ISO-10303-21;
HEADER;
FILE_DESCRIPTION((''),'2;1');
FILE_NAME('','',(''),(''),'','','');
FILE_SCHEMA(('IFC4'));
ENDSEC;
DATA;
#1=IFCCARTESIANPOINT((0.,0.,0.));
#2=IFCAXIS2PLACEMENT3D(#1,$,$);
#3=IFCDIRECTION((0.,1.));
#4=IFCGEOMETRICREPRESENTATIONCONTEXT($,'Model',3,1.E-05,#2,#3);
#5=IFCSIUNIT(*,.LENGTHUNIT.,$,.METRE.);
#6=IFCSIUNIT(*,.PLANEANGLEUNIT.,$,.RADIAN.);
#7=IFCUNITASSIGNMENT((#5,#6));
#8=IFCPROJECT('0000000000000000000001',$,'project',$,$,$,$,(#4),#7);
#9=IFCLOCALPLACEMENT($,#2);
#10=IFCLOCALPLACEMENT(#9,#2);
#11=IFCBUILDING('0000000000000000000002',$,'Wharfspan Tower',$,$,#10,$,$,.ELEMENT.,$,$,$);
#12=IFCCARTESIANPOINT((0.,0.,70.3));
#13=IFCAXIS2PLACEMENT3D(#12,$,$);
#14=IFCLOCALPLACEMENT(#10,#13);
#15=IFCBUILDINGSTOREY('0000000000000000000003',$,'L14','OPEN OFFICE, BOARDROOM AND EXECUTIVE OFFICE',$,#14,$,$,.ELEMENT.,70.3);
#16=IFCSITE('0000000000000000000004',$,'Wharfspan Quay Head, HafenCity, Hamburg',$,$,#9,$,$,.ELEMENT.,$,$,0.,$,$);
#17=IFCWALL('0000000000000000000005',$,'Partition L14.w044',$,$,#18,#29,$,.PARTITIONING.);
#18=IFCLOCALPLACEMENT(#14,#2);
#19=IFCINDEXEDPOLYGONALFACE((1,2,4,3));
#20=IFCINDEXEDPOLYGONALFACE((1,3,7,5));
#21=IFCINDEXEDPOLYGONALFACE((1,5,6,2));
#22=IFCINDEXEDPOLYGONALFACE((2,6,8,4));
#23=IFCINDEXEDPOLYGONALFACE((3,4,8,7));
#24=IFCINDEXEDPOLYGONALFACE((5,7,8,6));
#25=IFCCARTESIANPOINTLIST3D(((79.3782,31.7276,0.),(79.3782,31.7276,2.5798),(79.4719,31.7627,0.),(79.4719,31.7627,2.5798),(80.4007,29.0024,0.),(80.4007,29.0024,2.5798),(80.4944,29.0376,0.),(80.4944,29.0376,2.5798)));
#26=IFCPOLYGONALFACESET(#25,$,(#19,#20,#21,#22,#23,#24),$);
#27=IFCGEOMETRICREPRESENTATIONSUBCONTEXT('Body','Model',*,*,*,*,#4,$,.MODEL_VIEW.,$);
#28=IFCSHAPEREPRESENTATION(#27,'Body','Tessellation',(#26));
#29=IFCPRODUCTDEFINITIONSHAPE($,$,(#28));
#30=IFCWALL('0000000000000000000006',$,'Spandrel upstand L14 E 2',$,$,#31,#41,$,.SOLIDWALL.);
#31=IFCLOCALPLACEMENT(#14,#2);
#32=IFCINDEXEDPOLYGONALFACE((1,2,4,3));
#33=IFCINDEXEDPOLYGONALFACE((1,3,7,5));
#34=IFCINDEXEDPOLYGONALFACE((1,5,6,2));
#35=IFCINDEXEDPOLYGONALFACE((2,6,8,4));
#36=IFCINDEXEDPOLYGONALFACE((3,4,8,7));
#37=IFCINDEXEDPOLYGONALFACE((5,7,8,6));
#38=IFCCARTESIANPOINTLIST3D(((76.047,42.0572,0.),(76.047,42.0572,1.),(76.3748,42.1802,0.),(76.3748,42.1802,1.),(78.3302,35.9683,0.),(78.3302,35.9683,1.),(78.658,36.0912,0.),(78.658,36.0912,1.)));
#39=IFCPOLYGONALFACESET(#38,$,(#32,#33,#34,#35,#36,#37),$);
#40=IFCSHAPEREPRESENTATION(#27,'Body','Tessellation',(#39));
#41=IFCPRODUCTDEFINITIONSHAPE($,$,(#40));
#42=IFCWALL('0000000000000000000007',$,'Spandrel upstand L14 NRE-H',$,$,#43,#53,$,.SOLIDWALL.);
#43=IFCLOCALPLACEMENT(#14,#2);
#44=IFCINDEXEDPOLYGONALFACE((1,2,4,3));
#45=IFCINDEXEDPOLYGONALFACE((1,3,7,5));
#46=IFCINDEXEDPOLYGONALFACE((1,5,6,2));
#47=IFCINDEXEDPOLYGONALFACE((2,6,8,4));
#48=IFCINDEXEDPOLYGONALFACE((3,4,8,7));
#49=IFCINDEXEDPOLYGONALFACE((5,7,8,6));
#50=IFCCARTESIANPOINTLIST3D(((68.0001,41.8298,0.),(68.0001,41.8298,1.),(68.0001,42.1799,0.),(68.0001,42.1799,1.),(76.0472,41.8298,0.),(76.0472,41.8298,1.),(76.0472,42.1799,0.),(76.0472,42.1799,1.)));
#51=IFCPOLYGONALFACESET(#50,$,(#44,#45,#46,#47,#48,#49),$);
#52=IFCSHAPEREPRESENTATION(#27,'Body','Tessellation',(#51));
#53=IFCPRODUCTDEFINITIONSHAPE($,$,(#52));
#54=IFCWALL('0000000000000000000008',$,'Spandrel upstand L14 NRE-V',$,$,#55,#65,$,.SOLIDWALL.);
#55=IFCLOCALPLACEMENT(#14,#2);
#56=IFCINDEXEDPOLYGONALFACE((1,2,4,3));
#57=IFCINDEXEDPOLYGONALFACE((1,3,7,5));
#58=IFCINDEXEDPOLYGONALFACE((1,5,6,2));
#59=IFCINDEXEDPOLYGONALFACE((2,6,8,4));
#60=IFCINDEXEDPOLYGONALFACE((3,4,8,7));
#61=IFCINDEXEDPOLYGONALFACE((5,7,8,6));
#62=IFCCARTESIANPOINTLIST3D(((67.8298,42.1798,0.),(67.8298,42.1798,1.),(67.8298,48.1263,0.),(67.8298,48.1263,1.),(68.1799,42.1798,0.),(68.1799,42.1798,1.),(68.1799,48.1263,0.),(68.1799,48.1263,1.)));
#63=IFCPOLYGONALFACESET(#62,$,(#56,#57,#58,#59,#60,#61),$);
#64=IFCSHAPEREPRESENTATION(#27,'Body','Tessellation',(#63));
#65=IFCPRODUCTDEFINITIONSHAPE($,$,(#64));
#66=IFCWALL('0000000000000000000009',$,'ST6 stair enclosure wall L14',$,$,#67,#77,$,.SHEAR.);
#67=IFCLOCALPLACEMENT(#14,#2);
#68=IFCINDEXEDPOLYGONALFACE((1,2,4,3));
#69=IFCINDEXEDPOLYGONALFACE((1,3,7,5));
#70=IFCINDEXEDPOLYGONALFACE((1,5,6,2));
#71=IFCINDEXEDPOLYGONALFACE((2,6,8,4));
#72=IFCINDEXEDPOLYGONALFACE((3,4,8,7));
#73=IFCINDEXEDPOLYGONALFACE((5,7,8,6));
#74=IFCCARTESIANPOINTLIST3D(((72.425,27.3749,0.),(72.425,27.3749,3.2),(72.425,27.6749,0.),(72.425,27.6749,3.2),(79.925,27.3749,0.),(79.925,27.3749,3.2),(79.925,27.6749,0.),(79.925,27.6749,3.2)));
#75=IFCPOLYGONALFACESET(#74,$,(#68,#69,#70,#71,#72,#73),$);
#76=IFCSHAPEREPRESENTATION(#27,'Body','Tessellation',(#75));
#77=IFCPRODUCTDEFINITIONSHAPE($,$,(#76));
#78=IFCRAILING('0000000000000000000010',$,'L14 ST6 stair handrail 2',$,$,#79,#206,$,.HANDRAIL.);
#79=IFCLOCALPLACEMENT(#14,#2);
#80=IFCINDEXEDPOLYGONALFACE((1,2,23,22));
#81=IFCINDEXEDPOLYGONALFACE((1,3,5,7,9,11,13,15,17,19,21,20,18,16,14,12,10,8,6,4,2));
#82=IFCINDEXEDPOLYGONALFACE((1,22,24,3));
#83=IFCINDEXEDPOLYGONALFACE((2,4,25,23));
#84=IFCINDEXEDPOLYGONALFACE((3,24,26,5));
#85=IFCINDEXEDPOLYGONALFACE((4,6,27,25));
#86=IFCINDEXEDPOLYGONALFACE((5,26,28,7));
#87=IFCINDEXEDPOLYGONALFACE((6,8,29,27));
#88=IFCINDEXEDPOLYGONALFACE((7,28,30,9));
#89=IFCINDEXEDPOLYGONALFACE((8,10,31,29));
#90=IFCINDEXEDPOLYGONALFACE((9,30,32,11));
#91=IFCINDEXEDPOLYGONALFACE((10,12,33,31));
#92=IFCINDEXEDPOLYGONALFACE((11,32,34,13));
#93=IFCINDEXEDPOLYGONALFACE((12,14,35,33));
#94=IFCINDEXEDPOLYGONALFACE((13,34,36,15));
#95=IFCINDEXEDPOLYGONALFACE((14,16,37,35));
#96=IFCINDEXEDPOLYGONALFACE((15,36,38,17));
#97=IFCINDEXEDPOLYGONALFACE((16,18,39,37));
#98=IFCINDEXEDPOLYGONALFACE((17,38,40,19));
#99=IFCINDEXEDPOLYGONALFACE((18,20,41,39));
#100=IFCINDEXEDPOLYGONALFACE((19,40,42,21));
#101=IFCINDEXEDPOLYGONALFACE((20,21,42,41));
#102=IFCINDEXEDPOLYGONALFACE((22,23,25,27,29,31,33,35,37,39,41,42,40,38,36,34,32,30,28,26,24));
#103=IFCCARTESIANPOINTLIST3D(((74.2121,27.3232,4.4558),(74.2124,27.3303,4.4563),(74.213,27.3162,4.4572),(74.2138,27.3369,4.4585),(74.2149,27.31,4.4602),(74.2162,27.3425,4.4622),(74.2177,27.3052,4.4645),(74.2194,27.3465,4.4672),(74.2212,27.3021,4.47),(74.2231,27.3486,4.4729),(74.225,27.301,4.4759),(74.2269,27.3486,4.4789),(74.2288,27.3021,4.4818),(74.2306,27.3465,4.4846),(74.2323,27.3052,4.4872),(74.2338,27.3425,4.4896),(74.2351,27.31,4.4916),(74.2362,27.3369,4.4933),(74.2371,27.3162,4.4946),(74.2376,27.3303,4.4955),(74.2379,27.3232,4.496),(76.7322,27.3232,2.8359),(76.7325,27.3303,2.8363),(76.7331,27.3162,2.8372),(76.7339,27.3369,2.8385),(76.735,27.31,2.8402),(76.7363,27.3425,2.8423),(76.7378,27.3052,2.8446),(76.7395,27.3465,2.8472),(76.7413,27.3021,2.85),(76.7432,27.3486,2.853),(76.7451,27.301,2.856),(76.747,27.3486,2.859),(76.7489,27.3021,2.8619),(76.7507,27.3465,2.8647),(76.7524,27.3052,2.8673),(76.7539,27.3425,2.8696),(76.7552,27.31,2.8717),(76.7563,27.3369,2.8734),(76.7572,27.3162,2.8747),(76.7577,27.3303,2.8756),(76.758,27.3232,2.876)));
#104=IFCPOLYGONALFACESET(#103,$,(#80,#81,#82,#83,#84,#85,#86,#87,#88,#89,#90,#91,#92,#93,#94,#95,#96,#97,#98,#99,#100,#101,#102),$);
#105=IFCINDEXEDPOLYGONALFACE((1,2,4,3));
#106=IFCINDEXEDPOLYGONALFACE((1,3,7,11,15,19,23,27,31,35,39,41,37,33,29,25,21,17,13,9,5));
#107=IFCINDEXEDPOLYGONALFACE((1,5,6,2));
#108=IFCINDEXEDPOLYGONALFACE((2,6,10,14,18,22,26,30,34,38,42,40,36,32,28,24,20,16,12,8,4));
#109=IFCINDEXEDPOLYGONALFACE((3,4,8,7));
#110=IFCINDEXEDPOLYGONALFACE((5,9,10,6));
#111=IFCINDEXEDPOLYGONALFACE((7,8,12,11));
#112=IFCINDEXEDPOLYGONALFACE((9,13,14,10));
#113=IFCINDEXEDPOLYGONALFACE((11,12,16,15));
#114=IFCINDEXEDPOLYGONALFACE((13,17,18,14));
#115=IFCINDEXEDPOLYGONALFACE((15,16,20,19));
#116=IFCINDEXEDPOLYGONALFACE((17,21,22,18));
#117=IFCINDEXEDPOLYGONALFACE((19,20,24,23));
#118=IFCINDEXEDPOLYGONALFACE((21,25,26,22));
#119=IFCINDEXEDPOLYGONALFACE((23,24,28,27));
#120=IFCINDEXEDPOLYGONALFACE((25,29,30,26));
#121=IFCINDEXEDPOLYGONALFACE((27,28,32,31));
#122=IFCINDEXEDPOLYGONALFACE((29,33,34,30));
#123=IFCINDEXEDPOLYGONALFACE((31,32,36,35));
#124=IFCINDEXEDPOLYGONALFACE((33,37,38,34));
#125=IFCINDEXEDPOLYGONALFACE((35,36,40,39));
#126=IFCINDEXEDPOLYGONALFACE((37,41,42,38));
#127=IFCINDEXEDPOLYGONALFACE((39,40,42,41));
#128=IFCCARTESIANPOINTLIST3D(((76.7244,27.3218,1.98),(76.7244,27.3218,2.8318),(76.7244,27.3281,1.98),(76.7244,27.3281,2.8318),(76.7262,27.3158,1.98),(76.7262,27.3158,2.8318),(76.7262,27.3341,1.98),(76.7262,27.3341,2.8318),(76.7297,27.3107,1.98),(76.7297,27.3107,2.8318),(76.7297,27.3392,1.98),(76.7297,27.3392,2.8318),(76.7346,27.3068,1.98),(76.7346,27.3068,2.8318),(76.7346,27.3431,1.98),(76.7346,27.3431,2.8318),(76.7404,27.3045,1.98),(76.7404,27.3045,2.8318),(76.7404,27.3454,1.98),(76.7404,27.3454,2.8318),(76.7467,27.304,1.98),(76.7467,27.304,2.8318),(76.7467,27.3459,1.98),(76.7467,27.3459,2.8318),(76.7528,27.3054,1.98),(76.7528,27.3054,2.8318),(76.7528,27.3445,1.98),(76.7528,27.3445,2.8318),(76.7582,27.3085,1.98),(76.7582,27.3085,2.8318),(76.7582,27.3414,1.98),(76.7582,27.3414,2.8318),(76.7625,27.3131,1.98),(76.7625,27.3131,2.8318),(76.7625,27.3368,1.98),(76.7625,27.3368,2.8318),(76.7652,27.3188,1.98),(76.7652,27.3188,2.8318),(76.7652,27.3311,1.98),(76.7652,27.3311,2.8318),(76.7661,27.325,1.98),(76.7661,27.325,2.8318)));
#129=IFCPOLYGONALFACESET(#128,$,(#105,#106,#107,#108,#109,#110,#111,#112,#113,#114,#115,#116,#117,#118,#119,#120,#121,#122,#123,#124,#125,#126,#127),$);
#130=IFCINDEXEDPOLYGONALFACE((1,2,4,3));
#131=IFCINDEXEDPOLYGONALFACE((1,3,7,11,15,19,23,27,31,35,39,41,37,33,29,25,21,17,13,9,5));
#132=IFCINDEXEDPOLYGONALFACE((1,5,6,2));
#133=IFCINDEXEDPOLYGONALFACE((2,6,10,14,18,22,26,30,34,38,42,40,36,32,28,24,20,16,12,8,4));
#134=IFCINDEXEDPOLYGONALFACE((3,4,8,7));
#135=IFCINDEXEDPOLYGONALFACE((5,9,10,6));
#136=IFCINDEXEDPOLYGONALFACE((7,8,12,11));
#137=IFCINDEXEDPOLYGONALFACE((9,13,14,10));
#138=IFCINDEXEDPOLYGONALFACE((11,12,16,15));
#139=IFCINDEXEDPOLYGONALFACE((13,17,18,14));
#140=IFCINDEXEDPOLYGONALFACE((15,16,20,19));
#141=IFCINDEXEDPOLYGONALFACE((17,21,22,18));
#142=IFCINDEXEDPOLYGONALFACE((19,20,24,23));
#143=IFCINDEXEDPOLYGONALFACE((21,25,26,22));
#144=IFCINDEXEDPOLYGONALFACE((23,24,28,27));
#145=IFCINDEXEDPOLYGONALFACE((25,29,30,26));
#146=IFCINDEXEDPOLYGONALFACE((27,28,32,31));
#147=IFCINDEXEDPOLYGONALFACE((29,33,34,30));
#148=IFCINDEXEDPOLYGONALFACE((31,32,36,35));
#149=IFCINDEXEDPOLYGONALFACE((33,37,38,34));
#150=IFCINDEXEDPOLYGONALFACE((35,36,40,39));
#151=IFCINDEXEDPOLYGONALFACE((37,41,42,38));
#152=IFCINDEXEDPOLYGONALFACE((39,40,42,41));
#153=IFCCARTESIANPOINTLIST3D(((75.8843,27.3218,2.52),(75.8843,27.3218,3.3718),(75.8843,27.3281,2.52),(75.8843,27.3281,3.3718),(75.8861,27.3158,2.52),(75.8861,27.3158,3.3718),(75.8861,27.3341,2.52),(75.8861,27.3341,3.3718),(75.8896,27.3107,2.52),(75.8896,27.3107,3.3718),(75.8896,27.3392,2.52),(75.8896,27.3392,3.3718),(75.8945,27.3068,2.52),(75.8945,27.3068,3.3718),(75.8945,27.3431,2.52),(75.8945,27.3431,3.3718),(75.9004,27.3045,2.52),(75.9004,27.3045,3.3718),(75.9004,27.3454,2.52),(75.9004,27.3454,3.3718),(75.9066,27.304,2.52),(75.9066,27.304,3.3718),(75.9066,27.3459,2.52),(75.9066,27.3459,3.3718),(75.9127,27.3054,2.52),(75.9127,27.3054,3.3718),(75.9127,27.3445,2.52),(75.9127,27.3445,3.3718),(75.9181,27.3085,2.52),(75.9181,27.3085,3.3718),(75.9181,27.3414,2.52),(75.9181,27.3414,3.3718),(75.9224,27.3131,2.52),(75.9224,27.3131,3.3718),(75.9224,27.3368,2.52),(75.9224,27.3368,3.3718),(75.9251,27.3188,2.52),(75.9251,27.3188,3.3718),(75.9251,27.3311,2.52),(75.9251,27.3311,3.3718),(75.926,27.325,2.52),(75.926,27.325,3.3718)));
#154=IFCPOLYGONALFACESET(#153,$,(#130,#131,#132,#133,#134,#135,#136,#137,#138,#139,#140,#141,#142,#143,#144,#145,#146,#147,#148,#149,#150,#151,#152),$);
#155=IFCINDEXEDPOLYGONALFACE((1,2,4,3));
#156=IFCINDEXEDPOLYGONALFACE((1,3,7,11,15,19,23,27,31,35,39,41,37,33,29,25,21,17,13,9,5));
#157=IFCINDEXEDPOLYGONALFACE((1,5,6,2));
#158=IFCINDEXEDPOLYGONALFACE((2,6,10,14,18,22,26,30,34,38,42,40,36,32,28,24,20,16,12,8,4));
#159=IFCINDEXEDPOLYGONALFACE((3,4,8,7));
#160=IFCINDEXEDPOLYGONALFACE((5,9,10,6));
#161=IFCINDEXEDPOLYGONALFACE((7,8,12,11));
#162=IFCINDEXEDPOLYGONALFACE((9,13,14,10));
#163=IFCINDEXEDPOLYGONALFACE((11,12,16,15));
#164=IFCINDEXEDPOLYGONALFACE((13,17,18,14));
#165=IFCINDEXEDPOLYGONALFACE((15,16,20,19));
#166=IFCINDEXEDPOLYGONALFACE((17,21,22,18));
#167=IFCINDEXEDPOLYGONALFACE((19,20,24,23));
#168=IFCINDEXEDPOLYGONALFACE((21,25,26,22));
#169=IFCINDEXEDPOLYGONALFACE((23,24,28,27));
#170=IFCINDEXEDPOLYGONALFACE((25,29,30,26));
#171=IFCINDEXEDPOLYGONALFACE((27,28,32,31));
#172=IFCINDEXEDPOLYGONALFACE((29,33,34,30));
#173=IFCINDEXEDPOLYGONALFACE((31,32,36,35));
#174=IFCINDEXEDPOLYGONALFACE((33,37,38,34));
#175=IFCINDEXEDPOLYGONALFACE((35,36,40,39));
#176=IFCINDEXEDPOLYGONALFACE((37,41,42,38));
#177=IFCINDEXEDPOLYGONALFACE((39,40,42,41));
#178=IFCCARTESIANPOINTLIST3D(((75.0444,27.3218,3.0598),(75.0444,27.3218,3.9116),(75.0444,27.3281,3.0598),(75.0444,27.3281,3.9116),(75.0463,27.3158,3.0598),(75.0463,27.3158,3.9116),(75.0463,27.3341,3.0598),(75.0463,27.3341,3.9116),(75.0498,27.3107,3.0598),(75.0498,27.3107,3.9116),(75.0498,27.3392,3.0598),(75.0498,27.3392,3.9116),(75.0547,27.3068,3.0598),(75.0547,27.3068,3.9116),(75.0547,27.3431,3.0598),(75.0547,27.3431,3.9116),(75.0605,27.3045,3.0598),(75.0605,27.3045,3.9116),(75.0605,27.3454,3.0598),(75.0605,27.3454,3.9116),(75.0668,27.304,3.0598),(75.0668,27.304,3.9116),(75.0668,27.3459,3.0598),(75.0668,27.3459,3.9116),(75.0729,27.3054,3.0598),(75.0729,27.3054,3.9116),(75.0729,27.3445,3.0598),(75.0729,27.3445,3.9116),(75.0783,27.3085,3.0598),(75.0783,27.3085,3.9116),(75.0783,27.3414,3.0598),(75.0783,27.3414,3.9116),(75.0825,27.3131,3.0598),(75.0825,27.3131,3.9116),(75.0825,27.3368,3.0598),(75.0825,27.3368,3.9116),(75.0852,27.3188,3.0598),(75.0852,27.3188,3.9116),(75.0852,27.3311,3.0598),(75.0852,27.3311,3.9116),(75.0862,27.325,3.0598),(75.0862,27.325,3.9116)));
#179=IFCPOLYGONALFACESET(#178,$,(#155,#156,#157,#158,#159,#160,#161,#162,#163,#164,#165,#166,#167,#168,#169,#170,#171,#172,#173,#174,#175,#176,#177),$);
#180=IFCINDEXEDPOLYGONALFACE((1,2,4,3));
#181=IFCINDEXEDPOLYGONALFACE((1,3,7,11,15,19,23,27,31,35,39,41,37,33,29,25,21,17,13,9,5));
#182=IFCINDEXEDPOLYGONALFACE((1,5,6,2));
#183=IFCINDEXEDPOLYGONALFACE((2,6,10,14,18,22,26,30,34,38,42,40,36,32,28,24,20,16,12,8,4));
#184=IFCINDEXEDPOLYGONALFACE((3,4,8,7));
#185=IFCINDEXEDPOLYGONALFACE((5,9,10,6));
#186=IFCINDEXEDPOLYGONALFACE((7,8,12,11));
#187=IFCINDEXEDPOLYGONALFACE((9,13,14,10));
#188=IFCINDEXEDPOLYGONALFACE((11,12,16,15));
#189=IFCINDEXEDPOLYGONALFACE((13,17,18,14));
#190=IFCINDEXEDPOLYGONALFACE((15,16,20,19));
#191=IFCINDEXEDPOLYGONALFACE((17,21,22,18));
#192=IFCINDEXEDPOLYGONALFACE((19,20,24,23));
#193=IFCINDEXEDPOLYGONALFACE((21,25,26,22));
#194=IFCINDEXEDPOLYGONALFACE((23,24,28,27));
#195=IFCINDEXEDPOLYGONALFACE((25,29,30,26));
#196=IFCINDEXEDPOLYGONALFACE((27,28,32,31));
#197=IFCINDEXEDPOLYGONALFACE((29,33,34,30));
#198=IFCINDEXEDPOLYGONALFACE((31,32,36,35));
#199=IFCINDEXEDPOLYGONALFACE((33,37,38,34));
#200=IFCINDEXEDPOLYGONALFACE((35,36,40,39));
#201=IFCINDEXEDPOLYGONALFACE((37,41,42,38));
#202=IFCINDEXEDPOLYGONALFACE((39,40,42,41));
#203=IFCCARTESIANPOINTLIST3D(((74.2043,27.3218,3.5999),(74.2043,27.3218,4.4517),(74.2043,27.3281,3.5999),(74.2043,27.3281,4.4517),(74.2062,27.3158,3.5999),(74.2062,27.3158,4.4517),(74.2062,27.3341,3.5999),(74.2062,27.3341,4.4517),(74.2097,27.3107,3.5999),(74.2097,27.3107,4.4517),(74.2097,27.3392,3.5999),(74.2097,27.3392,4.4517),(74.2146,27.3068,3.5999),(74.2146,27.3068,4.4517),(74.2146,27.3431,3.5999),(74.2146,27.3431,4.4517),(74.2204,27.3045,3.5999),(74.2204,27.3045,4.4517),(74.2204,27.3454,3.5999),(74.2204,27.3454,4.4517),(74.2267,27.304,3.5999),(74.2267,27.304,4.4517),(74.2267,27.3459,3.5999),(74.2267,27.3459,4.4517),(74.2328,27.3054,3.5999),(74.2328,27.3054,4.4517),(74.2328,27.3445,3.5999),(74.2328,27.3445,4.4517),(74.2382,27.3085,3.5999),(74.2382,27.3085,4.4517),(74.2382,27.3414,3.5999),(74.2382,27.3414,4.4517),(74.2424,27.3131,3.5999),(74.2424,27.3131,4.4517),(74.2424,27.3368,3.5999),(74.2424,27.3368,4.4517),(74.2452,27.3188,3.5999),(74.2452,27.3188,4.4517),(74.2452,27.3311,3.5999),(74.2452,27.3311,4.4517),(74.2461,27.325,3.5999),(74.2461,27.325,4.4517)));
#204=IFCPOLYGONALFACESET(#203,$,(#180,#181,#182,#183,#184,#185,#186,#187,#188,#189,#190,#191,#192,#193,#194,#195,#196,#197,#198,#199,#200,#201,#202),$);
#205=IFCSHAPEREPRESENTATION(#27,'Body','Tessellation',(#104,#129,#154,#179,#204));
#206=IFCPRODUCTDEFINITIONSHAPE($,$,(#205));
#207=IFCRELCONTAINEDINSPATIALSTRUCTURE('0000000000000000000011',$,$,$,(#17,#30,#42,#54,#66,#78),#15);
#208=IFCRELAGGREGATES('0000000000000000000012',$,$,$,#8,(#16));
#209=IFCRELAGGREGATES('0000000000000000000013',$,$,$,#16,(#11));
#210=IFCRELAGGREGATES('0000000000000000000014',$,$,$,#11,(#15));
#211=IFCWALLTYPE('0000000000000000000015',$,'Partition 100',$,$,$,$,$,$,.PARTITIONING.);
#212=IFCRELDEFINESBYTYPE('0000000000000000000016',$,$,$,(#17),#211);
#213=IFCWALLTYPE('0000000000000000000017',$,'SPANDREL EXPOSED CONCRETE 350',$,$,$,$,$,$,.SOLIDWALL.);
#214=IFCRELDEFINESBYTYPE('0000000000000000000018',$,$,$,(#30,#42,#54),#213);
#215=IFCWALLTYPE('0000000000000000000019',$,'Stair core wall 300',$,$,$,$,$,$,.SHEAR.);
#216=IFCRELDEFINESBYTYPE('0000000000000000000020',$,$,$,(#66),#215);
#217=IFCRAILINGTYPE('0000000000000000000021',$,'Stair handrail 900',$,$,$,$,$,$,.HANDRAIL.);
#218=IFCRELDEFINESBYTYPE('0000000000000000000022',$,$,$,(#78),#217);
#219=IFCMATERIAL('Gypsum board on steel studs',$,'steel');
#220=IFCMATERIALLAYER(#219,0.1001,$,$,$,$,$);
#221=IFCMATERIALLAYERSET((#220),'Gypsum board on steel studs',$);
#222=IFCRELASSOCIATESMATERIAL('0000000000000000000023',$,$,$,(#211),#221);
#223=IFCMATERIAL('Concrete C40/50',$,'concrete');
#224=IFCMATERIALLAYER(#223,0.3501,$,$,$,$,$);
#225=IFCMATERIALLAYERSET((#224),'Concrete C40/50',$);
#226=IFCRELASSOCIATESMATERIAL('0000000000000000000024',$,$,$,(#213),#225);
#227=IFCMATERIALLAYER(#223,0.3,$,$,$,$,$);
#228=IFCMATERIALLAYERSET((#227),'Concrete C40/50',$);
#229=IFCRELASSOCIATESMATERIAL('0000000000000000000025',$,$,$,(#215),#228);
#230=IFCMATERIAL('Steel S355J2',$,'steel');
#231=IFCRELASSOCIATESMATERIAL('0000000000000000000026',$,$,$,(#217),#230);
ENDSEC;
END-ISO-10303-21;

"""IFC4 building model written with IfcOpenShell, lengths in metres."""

from ifc_helpers import new_model, si_unit, direction, frame, frame_2d, origin, origin_2d, place, context, subcontext, project, spatial, rectangle, circle, extrude, material, layer, layer_set, type_object, element, save


model = new_model("IFC4")

# Units and contexts
model_context = context("Model", 3, precision=1e-05, world=origin(), true_north=direction((0.0, 1.0)))
body_context = subcontext(model_context, "Body", "Model", "MODEL_VIEW")
ifc_project = project(units=[si_unit("LENGTHUNIT", "METRE"), si_unit("PLANEANGLEUNIT", "RADIAN")], contexts=[model_context])

# Site, building, storey
site_placement = place(None, origin())
site = spatial("IfcSite", under=ifc_project, at=site_placement, Name="Wharfspan Quay Head, HafenCity, Hamburg", CompositionType="ELEMENT", RefElevation=0.0)
building_placement = place(site_placement, origin())
building = spatial("IfcBuilding", under=site, at=building_placement, Name="Wharfspan Tower", CompositionType="ELEMENT")
storey_placement = place(building_placement, frame((0.0, 0.0, 70.3)))
storey = spatial("IfcBuildingStorey", under=building, at=storey_placement, Name="L14", Description="OPEN OFFICE, BOARDROOM AND EXECUTIVE OFFICE", CompositionType="ELEMENT", Elevation=70.3)

# Shared definitions
ifc_material_1 = material(Name="Steel S355J2", Category="steel")

# Walls
ifc_material_2 = material(Name="Gypsum board on steel studs", Category="steel")
ifc_layer_1 = layer(ifc_material_2, 0.1001)
ifc_layer_set_1 = layer_set([ifc_layer_1], Name="Gypsum board on steel studs")
wall_type_1 = type_object("IfcWallType", Name="Partition 100", PredefinedType="PARTITIONING", material=ifc_layer_set_1)
wall_1_placement = place(storey_placement, frame((80.4475, 29.02, 0.0), z_axis=(0.0, 0.0, 1.0), x_axis=(-0.35129, 0.93627, 0.0)))
element("IfcWall", 1, at=wall_1_placement, inside=storey, type_object=wall_type_1, Name="Partition L14.w044", PredefinedType="PARTITIONING", context=body_context, shape_type="SweptSolid", body=[
    extrude(rectangle(XDim=2.9106, YDim=0.1001, at=frame_2d((1.4553, 0.0))), origin(), (0.0, 0.0, 1.0), 2.5798),
])
ifc_material_3 = material(Name="Concrete C40/50", Category="concrete")
ifc_layer_2 = layer(ifc_material_3, 0.3501)
ifc_layer_set_2 = layer_set([ifc_layer_2], Name="Concrete C40/50")
wall_type_2 = type_object("IfcWallType", Name="SPANDREL EXPOSED CONCRETE 350", PredefinedType="SOLIDWALL", material=ifc_layer_set_2)
wall_2_placement = place(storey_placement, frame((78.4941, 36.0298, 0.0), z_axis=(0.0, 0.0, 1.0), x_axis=(-0.351108, 0.936338, 0.0)))
element("IfcWall", 2, at=wall_2_placement, inside=storey, type_object=wall_type_2, Name="Spandrel upstand L14 E 2", PredefinedType="SOLIDWALL", context=body_context, shape_type="SweptSolid", body=[
    extrude(rectangle(XDim=6.5029, YDim=0.3501, at=frame_2d((3.2515, 0.0))), origin(), (0.0, 0.0, 1.0), 1.0),
])
wall_3_placement = place(storey_placement, frame((76.0471, 42.0049, 0.0), z_axis=(0.0, 0.0, 1.0), x_axis=(-1.0, 0.0, 0.0)))
element("IfcWall", 3, at=wall_3_placement, inside=storey, type_object=wall_type_2, Name="Spandrel upstand L14 NRE-H", PredefinedType="SOLIDWALL", context=body_context, shape_type="SweptSolid", body=[
    extrude(rectangle(XDim=8.0471, YDim=0.3501, at=frame_2d((4.0234, 0.0))), origin(), (0.0, 0.0, 1.0), 1.0),
])
wall_4_placement = place(storey_placement, frame((68.0049, 42.1799, 0.0), z_axis=(0.0, 0.0, 1.0), x_axis=(0.0, 1.0, 0.0)))
element("IfcWall", 4, at=wall_4_placement, inside=storey, type_object=wall_type_2, Name="Spandrel upstand L14 NRE-V", PredefinedType="SOLIDWALL", context=body_context, shape_type="SweptSolid", body=[
    extrude(rectangle(XDim=5.9465, YDim=0.3501, at=frame_2d((2.9731, 0.0))), origin(), (0.0, 0.0, 1.0), 1.0),
])
ifc_layer_3 = layer(ifc_material_3, 0.3)
ifc_layer_set_3 = layer_set([ifc_layer_3], Name="Concrete C40/50")
wall_type_3 = type_object("IfcWallType", Name="Stair core wall 300", PredefinedType="SHEAR", material=ifc_layer_set_3)
wall_5_placement = place(storey_placement, frame((72.425, 27.5249, 0.0), z_axis=(0.0, 0.0, 1.0), x_axis=(1.0, 0.0, 0.0)))
element("IfcWall", 5, at=wall_5_placement, inside=storey, type_object=wall_type_3, Name="ST6 stair enclosure wall L14", PredefinedType="SHEAR", context=body_context, shape_type="SweptSolid", body=[
    extrude(rectangle(XDim=7.5, YDim=0.3, at=frame_2d((3.75, 0.0))), origin(), (0.0, 0.0, 1.0), 3.2),
])

# Railing
railing_type = type_object("IfcRailingType", Name="Stair handrail 900", PredefinedType="HANDRAIL", material=ifc_material_1)
railing_placement = place(storey_placement, frame((76.7451, 27.325, 1.98)))
element("IfcRailing", 6, at=railing_placement, inside=storey, type_object=railing_type, Name="L14 ST6 stair handrail 2", PredefinedType="HANDRAIL", context=body_context, shape_type="SweptSolid", body=[
    extrude(circle(Radius=0.0239, at=origin_2d()), frame((0.0, 0.0, 0.876), z_axis=(-0.8412, 0.0, 0.540725), x_axis=(0.0, -1.0, 0.0)), (0.0, 0.0, 1.0), 2.9958),
    extrude(circle(Radius=0.021, at=origin_2d()), origin(), (0.0, 0.0, 1.0), 0.8518),
    extrude(circle(Radius=0.021, at=origin_2d()), frame((-0.8401, 0.0, 0.54)), (0.0, 0.0, 1.0), 0.8518),
    extrude(circle(Radius=0.021, at=origin_2d()), frame((-1.6799, 0.0, 1.0798)), (0.0, 0.0, 1.0), 0.8518),
    extrude(circle(Radius=0.021, at=origin_2d()), frame((-2.52, 0.0, 1.6199)), (0.0, 0.0, 1.0), 0.8518),
])

save(model, "model.ifc")
